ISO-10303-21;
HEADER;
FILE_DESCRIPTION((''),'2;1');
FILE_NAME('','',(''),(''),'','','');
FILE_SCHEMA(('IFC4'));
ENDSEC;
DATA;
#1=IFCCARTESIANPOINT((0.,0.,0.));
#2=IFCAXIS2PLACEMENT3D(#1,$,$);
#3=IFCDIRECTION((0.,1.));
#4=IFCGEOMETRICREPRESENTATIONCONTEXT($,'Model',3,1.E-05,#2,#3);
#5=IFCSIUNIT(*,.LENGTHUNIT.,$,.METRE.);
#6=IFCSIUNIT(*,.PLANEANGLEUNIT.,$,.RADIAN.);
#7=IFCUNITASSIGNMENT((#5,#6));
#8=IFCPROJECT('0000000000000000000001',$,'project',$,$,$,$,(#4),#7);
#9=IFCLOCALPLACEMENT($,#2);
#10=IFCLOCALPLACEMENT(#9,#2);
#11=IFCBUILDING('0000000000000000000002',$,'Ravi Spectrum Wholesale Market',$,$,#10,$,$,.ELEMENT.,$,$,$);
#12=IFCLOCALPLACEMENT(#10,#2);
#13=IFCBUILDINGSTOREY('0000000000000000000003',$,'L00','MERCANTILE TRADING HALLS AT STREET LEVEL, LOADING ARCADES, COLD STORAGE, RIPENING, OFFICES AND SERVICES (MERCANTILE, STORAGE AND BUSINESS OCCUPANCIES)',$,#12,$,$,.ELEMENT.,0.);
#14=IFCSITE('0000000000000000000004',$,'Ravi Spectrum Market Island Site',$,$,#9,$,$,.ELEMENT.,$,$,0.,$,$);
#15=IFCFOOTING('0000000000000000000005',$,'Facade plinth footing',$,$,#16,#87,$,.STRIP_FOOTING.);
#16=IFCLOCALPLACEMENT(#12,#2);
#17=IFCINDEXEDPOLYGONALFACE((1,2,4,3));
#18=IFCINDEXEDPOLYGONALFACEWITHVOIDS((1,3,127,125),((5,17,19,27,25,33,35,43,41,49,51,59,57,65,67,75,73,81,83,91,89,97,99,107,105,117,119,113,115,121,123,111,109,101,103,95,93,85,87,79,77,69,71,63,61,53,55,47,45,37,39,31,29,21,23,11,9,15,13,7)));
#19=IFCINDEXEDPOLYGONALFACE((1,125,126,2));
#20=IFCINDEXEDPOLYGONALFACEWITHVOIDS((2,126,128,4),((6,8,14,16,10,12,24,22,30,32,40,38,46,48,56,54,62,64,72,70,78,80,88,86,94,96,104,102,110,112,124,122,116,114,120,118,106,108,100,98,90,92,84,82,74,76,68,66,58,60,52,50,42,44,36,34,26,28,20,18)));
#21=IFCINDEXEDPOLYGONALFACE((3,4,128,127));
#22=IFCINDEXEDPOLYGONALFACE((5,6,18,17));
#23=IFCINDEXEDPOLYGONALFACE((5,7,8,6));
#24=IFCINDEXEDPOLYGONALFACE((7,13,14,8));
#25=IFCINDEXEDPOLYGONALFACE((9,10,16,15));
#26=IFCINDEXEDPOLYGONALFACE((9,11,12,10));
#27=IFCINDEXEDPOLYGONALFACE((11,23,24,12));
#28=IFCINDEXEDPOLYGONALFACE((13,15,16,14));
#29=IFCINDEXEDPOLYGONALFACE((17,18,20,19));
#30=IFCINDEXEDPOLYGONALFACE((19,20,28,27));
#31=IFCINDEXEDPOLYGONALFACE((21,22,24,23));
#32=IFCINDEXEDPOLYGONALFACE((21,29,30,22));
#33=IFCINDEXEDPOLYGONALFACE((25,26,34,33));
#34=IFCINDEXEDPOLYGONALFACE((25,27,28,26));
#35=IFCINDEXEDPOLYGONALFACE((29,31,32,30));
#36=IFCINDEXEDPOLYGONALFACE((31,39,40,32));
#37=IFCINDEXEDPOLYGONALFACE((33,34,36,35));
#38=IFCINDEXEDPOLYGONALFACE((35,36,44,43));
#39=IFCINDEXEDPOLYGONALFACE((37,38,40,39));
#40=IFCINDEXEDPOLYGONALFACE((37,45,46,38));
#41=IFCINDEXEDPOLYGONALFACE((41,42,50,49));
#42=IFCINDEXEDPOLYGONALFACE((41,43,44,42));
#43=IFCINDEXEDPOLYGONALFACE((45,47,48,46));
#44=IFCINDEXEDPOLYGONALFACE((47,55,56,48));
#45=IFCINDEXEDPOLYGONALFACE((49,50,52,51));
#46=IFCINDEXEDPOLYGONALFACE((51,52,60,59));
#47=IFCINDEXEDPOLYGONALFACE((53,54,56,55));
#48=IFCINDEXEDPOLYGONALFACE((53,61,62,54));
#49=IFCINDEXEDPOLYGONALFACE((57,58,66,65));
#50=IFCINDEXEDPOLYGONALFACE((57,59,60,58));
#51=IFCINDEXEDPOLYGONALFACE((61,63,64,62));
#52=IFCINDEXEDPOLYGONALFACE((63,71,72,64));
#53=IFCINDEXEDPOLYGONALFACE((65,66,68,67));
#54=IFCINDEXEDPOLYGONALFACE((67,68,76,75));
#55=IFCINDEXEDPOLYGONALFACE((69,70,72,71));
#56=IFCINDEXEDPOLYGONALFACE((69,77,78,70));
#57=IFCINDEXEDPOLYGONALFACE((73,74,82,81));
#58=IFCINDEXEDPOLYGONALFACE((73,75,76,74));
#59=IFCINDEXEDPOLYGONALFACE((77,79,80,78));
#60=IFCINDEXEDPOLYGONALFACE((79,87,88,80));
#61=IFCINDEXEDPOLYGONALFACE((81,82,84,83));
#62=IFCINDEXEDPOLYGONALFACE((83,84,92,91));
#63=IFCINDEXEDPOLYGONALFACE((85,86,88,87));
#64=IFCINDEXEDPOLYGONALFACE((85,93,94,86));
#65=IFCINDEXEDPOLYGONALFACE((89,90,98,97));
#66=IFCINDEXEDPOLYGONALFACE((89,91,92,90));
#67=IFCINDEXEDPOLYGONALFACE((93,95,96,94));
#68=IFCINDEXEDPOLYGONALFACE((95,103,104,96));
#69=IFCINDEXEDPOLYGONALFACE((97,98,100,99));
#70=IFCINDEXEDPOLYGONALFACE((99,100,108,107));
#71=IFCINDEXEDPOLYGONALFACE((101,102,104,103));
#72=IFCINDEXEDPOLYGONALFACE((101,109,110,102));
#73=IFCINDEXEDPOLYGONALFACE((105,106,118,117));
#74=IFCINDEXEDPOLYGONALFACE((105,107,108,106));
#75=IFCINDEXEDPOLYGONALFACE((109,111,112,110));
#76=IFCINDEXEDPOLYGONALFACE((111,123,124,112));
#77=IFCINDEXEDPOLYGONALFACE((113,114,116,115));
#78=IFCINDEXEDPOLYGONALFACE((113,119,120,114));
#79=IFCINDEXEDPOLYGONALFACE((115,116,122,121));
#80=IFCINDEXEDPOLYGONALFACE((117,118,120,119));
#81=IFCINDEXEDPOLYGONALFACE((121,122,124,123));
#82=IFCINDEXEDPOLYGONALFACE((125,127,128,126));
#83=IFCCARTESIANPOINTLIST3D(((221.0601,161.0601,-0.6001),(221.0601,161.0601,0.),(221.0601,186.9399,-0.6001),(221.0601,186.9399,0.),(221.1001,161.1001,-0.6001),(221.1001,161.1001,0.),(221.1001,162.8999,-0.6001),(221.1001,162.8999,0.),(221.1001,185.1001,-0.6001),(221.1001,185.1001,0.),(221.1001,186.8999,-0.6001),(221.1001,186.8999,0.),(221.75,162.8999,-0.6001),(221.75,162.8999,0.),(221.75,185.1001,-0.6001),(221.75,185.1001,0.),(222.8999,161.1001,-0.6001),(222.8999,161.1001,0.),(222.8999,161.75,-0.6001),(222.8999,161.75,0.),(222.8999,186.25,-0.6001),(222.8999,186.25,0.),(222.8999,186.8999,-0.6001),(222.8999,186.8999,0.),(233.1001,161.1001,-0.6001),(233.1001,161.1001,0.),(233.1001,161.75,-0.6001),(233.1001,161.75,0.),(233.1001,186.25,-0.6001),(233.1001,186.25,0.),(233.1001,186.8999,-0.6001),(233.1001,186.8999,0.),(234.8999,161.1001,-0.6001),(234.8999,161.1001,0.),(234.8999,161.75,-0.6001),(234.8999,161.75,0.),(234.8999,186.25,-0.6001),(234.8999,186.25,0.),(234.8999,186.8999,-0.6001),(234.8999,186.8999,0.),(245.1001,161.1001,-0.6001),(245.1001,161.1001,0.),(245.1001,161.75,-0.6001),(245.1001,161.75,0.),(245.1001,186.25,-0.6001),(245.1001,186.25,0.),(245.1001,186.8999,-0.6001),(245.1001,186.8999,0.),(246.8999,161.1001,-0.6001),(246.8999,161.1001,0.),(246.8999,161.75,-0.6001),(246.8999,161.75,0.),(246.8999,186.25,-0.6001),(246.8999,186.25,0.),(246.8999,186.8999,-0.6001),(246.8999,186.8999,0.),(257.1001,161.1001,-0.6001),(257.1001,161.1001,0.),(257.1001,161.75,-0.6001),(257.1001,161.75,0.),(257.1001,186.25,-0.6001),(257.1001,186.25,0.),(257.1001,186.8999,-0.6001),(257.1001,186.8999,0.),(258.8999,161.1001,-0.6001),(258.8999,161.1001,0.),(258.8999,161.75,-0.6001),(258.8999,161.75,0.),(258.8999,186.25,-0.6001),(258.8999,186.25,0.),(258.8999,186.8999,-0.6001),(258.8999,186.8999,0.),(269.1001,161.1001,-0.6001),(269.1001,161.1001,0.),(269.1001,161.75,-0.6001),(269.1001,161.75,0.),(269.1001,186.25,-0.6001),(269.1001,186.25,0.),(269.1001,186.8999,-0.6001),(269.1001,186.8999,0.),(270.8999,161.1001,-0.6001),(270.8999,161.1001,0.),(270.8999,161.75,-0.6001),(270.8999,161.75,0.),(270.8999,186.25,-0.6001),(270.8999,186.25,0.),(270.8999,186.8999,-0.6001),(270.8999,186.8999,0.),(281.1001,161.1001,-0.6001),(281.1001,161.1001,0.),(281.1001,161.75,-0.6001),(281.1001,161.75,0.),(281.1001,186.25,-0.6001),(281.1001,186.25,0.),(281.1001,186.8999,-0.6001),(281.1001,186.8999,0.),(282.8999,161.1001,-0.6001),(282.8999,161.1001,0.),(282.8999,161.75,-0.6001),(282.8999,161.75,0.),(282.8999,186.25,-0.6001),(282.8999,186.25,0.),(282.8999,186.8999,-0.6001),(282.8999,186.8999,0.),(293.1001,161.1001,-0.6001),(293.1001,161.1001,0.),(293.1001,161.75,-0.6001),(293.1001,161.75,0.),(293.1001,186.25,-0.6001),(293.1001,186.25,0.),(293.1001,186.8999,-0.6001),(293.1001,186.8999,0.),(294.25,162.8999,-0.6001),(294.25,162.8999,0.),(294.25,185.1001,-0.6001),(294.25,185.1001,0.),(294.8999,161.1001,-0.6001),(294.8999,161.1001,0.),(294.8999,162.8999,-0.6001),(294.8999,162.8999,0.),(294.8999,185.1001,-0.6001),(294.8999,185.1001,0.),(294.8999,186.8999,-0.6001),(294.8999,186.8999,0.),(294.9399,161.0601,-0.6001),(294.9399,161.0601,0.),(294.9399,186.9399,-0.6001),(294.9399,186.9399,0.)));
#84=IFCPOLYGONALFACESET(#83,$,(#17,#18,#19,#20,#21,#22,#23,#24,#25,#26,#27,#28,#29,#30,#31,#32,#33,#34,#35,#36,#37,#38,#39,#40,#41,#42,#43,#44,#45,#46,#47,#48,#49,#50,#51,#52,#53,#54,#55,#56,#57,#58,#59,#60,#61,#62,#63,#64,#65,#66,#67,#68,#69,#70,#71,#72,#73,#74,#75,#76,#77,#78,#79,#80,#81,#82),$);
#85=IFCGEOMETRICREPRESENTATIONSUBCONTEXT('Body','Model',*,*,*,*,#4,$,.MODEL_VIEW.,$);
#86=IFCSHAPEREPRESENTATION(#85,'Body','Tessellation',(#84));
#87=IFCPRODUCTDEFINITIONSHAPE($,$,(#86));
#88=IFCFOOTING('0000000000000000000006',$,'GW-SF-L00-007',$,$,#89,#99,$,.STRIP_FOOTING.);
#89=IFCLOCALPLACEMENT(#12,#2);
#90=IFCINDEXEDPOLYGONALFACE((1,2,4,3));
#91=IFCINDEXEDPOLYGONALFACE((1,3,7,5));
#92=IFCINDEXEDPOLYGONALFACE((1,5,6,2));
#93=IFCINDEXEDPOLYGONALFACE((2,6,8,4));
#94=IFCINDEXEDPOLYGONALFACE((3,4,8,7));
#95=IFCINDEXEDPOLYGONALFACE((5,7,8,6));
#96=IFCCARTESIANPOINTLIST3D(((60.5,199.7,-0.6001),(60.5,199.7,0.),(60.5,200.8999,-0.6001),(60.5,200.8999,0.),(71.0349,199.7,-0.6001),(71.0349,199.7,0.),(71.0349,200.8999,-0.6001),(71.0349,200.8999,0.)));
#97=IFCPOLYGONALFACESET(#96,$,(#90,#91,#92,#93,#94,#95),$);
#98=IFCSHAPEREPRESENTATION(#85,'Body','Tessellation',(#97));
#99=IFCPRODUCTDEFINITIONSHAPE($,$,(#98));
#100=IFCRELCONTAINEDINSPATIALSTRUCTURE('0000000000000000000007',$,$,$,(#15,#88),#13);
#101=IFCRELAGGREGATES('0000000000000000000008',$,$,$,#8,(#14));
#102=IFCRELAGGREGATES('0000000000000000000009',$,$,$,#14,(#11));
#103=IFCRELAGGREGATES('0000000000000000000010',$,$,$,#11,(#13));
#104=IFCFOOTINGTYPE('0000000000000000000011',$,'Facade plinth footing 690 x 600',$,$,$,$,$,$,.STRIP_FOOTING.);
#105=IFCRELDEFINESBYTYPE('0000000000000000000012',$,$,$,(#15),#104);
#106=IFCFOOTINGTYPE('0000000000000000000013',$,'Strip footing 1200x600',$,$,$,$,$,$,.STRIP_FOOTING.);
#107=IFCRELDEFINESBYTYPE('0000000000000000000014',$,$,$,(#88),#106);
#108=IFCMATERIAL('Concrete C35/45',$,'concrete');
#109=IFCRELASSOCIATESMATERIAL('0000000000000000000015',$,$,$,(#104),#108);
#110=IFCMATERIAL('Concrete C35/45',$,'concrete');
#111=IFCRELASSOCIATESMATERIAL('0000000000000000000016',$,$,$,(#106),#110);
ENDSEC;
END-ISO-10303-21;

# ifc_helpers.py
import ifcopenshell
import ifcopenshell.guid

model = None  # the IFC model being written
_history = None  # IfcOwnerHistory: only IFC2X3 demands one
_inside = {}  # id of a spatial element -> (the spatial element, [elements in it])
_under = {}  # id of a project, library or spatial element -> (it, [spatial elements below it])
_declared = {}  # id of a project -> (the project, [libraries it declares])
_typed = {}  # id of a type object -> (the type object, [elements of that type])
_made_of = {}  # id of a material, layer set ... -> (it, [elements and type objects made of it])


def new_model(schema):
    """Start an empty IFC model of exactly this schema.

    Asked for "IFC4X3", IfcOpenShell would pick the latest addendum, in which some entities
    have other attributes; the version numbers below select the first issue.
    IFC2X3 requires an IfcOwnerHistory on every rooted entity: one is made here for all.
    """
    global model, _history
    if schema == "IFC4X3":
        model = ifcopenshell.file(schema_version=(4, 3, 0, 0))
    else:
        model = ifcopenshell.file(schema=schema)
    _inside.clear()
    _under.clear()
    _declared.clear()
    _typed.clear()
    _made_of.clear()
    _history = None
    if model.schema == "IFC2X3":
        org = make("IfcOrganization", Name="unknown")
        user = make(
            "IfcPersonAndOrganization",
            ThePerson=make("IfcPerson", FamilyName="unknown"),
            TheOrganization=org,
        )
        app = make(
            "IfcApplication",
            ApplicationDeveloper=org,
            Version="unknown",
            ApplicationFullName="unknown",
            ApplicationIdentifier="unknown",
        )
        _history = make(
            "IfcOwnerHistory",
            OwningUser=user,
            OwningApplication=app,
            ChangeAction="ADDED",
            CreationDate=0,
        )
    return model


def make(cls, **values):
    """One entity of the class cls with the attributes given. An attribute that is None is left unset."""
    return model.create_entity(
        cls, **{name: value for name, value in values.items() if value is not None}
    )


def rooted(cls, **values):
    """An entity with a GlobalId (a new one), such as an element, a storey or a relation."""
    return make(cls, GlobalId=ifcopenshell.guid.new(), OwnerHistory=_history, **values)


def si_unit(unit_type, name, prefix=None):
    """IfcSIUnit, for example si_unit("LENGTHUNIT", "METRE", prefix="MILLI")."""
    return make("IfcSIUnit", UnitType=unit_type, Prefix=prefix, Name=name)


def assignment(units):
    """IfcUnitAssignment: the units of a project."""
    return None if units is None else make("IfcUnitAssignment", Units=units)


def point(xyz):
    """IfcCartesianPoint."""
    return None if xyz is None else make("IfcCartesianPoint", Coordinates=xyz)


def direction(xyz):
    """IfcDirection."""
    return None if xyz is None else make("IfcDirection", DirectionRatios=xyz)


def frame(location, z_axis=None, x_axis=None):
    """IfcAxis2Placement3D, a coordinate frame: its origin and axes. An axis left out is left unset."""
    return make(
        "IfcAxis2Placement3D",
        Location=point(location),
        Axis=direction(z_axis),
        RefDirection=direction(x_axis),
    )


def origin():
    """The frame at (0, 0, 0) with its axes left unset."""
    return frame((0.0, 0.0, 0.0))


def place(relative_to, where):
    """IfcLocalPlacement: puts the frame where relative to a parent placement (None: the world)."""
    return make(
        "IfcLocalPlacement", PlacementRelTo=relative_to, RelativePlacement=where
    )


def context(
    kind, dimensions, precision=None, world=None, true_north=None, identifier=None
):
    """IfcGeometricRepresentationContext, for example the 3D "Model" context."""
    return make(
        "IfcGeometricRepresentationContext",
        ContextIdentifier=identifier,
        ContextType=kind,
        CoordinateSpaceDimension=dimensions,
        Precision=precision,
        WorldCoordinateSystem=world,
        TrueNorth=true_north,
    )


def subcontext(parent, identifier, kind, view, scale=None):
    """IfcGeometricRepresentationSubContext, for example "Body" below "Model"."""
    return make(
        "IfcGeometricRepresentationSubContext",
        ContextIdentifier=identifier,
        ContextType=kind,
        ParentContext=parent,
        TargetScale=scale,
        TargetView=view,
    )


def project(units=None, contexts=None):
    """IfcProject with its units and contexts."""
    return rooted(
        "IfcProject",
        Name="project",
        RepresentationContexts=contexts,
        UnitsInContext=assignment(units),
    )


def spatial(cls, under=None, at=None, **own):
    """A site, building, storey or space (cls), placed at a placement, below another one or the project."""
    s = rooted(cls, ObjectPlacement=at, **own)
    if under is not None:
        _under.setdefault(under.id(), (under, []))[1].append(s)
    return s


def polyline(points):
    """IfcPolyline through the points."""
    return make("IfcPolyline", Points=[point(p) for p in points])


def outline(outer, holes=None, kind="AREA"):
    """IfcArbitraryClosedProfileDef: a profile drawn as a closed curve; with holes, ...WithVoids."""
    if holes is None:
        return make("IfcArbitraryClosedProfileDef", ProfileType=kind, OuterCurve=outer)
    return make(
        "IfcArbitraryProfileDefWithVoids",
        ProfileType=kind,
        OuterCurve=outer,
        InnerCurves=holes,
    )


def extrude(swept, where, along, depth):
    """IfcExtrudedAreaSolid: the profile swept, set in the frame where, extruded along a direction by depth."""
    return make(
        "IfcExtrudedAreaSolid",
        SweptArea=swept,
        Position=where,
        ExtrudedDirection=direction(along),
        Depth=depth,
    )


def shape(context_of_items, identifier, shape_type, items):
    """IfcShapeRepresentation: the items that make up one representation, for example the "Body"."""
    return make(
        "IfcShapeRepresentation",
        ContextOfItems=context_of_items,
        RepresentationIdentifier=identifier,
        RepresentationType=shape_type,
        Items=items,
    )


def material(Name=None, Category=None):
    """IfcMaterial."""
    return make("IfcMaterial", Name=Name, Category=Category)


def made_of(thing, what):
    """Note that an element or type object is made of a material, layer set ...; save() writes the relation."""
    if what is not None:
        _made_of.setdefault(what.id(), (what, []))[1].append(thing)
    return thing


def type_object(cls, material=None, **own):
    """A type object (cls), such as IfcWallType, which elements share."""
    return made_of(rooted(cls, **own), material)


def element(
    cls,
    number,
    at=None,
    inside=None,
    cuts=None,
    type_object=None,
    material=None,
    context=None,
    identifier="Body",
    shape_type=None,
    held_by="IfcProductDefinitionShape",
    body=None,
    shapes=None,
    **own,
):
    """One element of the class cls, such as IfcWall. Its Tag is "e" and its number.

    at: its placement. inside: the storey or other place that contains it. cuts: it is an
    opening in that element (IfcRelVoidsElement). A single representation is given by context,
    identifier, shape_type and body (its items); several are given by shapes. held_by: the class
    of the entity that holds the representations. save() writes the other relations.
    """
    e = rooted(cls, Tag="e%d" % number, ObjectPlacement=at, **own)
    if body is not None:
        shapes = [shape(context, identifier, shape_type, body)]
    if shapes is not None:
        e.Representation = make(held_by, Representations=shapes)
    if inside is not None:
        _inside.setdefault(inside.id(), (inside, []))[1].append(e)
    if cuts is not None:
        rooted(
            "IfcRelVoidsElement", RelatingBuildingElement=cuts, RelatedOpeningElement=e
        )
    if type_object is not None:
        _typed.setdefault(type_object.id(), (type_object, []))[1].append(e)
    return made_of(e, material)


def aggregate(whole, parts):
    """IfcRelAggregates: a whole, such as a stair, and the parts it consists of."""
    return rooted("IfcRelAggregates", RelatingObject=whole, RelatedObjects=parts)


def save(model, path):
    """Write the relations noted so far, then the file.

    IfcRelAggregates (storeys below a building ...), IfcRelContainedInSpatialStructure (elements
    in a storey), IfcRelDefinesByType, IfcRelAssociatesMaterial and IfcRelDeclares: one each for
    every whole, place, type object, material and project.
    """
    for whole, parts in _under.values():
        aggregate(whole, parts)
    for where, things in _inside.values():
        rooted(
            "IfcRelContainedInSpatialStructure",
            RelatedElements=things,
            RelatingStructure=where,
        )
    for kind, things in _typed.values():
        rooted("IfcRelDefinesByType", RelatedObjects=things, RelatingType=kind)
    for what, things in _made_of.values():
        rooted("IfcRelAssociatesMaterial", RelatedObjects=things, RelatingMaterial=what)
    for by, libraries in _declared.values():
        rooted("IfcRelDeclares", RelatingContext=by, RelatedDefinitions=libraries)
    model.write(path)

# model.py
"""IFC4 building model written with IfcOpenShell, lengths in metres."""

from ifc_helpers import new_model, si_unit, direction, frame, origin, place, context, subcontext, project, spatial, polyline, outline, extrude, material, type_object, element, save


model = new_model("IFC4")

# Units and contexts
model_context = context("Model", 3, precision=1e-05, world=origin(), true_north=direction((0.0, 1.0)))
body_context = subcontext(model_context, "Body", "Model", "MODEL_VIEW")
ifc_project = project(units=[si_unit("LENGTHUNIT", "METRE"), si_unit("PLANEANGLEUNIT", "RADIAN")], contexts=[model_context])

# Site, building, storey
site_placement = place(None, origin())
site = spatial("IfcSite", under=ifc_project, at=site_placement, Name="Ravi Spectrum Market Island Site", CompositionType="ELEMENT", RefElevation=0.0)
building_placement = place(site_placement, origin())
building = spatial("IfcBuilding", under=site, at=building_placement, Name="Ravi Spectrum Wholesale Market", CompositionType="ELEMENT")
storey_placement = place(building_placement, origin())
storey = spatial("IfcBuildingStorey", under=building, at=storey_placement, Name="L00", Description="MERCANTILE TRADING HALLS AT STREET LEVEL, LOADING ARCADES, COLD STORAGE, RIPENING, OFFICES AND SERVICES (MERCANTILE, STORAGE AND BUSINESS OCCUPANCIES)", CompositionType="ELEMENT", Elevation=0.0)

# Footings
ifc_material_1 = material(Name="Concrete C35/45", Category="concrete")
footing_type_1 = type_object("IfcFootingType", Name="Facade plinth footing 690 x 600", PredefinedType="STRIP_FOOTING", material=ifc_material_1)
footing_1_placement = place(storey_placement, frame((0.0, 0.0, -0.6001)))
element("IfcFooting", 1, at=footing_1_placement, inside=storey, type_object=footing_type_1, Name="Facade plinth footing", PredefinedType="STRIP_FOOTING", context=body_context, shape_type="SweptSolid", body=[
    extrude(outline(polyline([(294.9399, 161.0601), (221.0601, 161.0601), (221.0601, 186.9399), (294.9399, 186.9399), (294.9399, 161.0601)]), holes=[polyline([(245.1001, 161.75), (245.1001, 161.1001), (246.8999, 161.1001), (246.8999, 161.75), (257.1001, 161.75), (257.1001, 161.1001), (258.8999, 161.1001), (258.8999, 161.75), (269.1001, 161.75), (269.1001, 161.1001), (270.8999, 161.1001), (270.8999, 161.75), (281.1001, 161.75), (281.1001, 161.1001), (282.8999, 161.1001), (282.8999, 161.75), (293.1001, 161.75), (293.1001, 161.1001), (294.8999, 161.1001), (294.8999, 162.8999), (294.25, 162.8999), (294.25, 185.1001), (294.8999, 185.1001), (294.8999, 186.8999), (293.1001, 186.8999), (293.1001, 186.25), (282.8999, 186.25), (282.8999, 186.8999), (281.1001, 186.8999), (281.1001, 186.25), (270.8999, 186.25), (270.8999, 186.8999), (269.1001, 186.8999), (269.1001, 186.25), (258.8999, 186.25), (258.8999, 186.8999), (257.1001, 186.8999), (257.1001, 186.25), (246.8999, 186.25), (246.8999, 186.8999), (245.1001, 186.8999), (245.1001, 186.25), (234.8999, 186.25), (234.8999, 186.8999), (233.1001, 186.8999), (233.1001, 186.25), (222.8999, 186.25), (222.8999, 186.8999), (221.1001, 186.8999), (221.1001, 185.1001), (221.75, 185.1001), (221.75, 162.8999), (221.1001, 162.8999), (221.1001, 161.1001), (222.8999, 161.1001), (222.8999, 161.75), (233.1001, 161.75), (233.1001, 161.1001), (234.8999, 161.1001), (234.8999, 161.75), (245.1001, 161.75)])]), origin(), (0.0, 0.0, 1.0), 0.6001),
])
ifc_material_2 = material(Name="Concrete C35/45", Category="concrete")
footing_type_2 = type_object("IfcFootingType", Name="Strip footing 1200x600", PredefinedType="STRIP_FOOTING", material=ifc_material_2)
footing_2_placement = place(storey_placement, frame((0.0, 0.0, -0.6001)))
element("IfcFooting", 2, at=footing_2_placement, inside=storey, type_object=footing_type_2, Name="GW-SF-L00-007", PredefinedType="STRIP_FOOTING", context=body_context, shape_type="SweptSolid", body=[
    extrude(outline(polyline([(60.5, 200.8999), (71.0349, 200.8999), (71.0349, 199.7), (60.5, 199.7), (60.5, 200.8999)])), origin(), (0.0, 0.0, 1.0), 0.6001),
])

save(model, "model.ifc")
